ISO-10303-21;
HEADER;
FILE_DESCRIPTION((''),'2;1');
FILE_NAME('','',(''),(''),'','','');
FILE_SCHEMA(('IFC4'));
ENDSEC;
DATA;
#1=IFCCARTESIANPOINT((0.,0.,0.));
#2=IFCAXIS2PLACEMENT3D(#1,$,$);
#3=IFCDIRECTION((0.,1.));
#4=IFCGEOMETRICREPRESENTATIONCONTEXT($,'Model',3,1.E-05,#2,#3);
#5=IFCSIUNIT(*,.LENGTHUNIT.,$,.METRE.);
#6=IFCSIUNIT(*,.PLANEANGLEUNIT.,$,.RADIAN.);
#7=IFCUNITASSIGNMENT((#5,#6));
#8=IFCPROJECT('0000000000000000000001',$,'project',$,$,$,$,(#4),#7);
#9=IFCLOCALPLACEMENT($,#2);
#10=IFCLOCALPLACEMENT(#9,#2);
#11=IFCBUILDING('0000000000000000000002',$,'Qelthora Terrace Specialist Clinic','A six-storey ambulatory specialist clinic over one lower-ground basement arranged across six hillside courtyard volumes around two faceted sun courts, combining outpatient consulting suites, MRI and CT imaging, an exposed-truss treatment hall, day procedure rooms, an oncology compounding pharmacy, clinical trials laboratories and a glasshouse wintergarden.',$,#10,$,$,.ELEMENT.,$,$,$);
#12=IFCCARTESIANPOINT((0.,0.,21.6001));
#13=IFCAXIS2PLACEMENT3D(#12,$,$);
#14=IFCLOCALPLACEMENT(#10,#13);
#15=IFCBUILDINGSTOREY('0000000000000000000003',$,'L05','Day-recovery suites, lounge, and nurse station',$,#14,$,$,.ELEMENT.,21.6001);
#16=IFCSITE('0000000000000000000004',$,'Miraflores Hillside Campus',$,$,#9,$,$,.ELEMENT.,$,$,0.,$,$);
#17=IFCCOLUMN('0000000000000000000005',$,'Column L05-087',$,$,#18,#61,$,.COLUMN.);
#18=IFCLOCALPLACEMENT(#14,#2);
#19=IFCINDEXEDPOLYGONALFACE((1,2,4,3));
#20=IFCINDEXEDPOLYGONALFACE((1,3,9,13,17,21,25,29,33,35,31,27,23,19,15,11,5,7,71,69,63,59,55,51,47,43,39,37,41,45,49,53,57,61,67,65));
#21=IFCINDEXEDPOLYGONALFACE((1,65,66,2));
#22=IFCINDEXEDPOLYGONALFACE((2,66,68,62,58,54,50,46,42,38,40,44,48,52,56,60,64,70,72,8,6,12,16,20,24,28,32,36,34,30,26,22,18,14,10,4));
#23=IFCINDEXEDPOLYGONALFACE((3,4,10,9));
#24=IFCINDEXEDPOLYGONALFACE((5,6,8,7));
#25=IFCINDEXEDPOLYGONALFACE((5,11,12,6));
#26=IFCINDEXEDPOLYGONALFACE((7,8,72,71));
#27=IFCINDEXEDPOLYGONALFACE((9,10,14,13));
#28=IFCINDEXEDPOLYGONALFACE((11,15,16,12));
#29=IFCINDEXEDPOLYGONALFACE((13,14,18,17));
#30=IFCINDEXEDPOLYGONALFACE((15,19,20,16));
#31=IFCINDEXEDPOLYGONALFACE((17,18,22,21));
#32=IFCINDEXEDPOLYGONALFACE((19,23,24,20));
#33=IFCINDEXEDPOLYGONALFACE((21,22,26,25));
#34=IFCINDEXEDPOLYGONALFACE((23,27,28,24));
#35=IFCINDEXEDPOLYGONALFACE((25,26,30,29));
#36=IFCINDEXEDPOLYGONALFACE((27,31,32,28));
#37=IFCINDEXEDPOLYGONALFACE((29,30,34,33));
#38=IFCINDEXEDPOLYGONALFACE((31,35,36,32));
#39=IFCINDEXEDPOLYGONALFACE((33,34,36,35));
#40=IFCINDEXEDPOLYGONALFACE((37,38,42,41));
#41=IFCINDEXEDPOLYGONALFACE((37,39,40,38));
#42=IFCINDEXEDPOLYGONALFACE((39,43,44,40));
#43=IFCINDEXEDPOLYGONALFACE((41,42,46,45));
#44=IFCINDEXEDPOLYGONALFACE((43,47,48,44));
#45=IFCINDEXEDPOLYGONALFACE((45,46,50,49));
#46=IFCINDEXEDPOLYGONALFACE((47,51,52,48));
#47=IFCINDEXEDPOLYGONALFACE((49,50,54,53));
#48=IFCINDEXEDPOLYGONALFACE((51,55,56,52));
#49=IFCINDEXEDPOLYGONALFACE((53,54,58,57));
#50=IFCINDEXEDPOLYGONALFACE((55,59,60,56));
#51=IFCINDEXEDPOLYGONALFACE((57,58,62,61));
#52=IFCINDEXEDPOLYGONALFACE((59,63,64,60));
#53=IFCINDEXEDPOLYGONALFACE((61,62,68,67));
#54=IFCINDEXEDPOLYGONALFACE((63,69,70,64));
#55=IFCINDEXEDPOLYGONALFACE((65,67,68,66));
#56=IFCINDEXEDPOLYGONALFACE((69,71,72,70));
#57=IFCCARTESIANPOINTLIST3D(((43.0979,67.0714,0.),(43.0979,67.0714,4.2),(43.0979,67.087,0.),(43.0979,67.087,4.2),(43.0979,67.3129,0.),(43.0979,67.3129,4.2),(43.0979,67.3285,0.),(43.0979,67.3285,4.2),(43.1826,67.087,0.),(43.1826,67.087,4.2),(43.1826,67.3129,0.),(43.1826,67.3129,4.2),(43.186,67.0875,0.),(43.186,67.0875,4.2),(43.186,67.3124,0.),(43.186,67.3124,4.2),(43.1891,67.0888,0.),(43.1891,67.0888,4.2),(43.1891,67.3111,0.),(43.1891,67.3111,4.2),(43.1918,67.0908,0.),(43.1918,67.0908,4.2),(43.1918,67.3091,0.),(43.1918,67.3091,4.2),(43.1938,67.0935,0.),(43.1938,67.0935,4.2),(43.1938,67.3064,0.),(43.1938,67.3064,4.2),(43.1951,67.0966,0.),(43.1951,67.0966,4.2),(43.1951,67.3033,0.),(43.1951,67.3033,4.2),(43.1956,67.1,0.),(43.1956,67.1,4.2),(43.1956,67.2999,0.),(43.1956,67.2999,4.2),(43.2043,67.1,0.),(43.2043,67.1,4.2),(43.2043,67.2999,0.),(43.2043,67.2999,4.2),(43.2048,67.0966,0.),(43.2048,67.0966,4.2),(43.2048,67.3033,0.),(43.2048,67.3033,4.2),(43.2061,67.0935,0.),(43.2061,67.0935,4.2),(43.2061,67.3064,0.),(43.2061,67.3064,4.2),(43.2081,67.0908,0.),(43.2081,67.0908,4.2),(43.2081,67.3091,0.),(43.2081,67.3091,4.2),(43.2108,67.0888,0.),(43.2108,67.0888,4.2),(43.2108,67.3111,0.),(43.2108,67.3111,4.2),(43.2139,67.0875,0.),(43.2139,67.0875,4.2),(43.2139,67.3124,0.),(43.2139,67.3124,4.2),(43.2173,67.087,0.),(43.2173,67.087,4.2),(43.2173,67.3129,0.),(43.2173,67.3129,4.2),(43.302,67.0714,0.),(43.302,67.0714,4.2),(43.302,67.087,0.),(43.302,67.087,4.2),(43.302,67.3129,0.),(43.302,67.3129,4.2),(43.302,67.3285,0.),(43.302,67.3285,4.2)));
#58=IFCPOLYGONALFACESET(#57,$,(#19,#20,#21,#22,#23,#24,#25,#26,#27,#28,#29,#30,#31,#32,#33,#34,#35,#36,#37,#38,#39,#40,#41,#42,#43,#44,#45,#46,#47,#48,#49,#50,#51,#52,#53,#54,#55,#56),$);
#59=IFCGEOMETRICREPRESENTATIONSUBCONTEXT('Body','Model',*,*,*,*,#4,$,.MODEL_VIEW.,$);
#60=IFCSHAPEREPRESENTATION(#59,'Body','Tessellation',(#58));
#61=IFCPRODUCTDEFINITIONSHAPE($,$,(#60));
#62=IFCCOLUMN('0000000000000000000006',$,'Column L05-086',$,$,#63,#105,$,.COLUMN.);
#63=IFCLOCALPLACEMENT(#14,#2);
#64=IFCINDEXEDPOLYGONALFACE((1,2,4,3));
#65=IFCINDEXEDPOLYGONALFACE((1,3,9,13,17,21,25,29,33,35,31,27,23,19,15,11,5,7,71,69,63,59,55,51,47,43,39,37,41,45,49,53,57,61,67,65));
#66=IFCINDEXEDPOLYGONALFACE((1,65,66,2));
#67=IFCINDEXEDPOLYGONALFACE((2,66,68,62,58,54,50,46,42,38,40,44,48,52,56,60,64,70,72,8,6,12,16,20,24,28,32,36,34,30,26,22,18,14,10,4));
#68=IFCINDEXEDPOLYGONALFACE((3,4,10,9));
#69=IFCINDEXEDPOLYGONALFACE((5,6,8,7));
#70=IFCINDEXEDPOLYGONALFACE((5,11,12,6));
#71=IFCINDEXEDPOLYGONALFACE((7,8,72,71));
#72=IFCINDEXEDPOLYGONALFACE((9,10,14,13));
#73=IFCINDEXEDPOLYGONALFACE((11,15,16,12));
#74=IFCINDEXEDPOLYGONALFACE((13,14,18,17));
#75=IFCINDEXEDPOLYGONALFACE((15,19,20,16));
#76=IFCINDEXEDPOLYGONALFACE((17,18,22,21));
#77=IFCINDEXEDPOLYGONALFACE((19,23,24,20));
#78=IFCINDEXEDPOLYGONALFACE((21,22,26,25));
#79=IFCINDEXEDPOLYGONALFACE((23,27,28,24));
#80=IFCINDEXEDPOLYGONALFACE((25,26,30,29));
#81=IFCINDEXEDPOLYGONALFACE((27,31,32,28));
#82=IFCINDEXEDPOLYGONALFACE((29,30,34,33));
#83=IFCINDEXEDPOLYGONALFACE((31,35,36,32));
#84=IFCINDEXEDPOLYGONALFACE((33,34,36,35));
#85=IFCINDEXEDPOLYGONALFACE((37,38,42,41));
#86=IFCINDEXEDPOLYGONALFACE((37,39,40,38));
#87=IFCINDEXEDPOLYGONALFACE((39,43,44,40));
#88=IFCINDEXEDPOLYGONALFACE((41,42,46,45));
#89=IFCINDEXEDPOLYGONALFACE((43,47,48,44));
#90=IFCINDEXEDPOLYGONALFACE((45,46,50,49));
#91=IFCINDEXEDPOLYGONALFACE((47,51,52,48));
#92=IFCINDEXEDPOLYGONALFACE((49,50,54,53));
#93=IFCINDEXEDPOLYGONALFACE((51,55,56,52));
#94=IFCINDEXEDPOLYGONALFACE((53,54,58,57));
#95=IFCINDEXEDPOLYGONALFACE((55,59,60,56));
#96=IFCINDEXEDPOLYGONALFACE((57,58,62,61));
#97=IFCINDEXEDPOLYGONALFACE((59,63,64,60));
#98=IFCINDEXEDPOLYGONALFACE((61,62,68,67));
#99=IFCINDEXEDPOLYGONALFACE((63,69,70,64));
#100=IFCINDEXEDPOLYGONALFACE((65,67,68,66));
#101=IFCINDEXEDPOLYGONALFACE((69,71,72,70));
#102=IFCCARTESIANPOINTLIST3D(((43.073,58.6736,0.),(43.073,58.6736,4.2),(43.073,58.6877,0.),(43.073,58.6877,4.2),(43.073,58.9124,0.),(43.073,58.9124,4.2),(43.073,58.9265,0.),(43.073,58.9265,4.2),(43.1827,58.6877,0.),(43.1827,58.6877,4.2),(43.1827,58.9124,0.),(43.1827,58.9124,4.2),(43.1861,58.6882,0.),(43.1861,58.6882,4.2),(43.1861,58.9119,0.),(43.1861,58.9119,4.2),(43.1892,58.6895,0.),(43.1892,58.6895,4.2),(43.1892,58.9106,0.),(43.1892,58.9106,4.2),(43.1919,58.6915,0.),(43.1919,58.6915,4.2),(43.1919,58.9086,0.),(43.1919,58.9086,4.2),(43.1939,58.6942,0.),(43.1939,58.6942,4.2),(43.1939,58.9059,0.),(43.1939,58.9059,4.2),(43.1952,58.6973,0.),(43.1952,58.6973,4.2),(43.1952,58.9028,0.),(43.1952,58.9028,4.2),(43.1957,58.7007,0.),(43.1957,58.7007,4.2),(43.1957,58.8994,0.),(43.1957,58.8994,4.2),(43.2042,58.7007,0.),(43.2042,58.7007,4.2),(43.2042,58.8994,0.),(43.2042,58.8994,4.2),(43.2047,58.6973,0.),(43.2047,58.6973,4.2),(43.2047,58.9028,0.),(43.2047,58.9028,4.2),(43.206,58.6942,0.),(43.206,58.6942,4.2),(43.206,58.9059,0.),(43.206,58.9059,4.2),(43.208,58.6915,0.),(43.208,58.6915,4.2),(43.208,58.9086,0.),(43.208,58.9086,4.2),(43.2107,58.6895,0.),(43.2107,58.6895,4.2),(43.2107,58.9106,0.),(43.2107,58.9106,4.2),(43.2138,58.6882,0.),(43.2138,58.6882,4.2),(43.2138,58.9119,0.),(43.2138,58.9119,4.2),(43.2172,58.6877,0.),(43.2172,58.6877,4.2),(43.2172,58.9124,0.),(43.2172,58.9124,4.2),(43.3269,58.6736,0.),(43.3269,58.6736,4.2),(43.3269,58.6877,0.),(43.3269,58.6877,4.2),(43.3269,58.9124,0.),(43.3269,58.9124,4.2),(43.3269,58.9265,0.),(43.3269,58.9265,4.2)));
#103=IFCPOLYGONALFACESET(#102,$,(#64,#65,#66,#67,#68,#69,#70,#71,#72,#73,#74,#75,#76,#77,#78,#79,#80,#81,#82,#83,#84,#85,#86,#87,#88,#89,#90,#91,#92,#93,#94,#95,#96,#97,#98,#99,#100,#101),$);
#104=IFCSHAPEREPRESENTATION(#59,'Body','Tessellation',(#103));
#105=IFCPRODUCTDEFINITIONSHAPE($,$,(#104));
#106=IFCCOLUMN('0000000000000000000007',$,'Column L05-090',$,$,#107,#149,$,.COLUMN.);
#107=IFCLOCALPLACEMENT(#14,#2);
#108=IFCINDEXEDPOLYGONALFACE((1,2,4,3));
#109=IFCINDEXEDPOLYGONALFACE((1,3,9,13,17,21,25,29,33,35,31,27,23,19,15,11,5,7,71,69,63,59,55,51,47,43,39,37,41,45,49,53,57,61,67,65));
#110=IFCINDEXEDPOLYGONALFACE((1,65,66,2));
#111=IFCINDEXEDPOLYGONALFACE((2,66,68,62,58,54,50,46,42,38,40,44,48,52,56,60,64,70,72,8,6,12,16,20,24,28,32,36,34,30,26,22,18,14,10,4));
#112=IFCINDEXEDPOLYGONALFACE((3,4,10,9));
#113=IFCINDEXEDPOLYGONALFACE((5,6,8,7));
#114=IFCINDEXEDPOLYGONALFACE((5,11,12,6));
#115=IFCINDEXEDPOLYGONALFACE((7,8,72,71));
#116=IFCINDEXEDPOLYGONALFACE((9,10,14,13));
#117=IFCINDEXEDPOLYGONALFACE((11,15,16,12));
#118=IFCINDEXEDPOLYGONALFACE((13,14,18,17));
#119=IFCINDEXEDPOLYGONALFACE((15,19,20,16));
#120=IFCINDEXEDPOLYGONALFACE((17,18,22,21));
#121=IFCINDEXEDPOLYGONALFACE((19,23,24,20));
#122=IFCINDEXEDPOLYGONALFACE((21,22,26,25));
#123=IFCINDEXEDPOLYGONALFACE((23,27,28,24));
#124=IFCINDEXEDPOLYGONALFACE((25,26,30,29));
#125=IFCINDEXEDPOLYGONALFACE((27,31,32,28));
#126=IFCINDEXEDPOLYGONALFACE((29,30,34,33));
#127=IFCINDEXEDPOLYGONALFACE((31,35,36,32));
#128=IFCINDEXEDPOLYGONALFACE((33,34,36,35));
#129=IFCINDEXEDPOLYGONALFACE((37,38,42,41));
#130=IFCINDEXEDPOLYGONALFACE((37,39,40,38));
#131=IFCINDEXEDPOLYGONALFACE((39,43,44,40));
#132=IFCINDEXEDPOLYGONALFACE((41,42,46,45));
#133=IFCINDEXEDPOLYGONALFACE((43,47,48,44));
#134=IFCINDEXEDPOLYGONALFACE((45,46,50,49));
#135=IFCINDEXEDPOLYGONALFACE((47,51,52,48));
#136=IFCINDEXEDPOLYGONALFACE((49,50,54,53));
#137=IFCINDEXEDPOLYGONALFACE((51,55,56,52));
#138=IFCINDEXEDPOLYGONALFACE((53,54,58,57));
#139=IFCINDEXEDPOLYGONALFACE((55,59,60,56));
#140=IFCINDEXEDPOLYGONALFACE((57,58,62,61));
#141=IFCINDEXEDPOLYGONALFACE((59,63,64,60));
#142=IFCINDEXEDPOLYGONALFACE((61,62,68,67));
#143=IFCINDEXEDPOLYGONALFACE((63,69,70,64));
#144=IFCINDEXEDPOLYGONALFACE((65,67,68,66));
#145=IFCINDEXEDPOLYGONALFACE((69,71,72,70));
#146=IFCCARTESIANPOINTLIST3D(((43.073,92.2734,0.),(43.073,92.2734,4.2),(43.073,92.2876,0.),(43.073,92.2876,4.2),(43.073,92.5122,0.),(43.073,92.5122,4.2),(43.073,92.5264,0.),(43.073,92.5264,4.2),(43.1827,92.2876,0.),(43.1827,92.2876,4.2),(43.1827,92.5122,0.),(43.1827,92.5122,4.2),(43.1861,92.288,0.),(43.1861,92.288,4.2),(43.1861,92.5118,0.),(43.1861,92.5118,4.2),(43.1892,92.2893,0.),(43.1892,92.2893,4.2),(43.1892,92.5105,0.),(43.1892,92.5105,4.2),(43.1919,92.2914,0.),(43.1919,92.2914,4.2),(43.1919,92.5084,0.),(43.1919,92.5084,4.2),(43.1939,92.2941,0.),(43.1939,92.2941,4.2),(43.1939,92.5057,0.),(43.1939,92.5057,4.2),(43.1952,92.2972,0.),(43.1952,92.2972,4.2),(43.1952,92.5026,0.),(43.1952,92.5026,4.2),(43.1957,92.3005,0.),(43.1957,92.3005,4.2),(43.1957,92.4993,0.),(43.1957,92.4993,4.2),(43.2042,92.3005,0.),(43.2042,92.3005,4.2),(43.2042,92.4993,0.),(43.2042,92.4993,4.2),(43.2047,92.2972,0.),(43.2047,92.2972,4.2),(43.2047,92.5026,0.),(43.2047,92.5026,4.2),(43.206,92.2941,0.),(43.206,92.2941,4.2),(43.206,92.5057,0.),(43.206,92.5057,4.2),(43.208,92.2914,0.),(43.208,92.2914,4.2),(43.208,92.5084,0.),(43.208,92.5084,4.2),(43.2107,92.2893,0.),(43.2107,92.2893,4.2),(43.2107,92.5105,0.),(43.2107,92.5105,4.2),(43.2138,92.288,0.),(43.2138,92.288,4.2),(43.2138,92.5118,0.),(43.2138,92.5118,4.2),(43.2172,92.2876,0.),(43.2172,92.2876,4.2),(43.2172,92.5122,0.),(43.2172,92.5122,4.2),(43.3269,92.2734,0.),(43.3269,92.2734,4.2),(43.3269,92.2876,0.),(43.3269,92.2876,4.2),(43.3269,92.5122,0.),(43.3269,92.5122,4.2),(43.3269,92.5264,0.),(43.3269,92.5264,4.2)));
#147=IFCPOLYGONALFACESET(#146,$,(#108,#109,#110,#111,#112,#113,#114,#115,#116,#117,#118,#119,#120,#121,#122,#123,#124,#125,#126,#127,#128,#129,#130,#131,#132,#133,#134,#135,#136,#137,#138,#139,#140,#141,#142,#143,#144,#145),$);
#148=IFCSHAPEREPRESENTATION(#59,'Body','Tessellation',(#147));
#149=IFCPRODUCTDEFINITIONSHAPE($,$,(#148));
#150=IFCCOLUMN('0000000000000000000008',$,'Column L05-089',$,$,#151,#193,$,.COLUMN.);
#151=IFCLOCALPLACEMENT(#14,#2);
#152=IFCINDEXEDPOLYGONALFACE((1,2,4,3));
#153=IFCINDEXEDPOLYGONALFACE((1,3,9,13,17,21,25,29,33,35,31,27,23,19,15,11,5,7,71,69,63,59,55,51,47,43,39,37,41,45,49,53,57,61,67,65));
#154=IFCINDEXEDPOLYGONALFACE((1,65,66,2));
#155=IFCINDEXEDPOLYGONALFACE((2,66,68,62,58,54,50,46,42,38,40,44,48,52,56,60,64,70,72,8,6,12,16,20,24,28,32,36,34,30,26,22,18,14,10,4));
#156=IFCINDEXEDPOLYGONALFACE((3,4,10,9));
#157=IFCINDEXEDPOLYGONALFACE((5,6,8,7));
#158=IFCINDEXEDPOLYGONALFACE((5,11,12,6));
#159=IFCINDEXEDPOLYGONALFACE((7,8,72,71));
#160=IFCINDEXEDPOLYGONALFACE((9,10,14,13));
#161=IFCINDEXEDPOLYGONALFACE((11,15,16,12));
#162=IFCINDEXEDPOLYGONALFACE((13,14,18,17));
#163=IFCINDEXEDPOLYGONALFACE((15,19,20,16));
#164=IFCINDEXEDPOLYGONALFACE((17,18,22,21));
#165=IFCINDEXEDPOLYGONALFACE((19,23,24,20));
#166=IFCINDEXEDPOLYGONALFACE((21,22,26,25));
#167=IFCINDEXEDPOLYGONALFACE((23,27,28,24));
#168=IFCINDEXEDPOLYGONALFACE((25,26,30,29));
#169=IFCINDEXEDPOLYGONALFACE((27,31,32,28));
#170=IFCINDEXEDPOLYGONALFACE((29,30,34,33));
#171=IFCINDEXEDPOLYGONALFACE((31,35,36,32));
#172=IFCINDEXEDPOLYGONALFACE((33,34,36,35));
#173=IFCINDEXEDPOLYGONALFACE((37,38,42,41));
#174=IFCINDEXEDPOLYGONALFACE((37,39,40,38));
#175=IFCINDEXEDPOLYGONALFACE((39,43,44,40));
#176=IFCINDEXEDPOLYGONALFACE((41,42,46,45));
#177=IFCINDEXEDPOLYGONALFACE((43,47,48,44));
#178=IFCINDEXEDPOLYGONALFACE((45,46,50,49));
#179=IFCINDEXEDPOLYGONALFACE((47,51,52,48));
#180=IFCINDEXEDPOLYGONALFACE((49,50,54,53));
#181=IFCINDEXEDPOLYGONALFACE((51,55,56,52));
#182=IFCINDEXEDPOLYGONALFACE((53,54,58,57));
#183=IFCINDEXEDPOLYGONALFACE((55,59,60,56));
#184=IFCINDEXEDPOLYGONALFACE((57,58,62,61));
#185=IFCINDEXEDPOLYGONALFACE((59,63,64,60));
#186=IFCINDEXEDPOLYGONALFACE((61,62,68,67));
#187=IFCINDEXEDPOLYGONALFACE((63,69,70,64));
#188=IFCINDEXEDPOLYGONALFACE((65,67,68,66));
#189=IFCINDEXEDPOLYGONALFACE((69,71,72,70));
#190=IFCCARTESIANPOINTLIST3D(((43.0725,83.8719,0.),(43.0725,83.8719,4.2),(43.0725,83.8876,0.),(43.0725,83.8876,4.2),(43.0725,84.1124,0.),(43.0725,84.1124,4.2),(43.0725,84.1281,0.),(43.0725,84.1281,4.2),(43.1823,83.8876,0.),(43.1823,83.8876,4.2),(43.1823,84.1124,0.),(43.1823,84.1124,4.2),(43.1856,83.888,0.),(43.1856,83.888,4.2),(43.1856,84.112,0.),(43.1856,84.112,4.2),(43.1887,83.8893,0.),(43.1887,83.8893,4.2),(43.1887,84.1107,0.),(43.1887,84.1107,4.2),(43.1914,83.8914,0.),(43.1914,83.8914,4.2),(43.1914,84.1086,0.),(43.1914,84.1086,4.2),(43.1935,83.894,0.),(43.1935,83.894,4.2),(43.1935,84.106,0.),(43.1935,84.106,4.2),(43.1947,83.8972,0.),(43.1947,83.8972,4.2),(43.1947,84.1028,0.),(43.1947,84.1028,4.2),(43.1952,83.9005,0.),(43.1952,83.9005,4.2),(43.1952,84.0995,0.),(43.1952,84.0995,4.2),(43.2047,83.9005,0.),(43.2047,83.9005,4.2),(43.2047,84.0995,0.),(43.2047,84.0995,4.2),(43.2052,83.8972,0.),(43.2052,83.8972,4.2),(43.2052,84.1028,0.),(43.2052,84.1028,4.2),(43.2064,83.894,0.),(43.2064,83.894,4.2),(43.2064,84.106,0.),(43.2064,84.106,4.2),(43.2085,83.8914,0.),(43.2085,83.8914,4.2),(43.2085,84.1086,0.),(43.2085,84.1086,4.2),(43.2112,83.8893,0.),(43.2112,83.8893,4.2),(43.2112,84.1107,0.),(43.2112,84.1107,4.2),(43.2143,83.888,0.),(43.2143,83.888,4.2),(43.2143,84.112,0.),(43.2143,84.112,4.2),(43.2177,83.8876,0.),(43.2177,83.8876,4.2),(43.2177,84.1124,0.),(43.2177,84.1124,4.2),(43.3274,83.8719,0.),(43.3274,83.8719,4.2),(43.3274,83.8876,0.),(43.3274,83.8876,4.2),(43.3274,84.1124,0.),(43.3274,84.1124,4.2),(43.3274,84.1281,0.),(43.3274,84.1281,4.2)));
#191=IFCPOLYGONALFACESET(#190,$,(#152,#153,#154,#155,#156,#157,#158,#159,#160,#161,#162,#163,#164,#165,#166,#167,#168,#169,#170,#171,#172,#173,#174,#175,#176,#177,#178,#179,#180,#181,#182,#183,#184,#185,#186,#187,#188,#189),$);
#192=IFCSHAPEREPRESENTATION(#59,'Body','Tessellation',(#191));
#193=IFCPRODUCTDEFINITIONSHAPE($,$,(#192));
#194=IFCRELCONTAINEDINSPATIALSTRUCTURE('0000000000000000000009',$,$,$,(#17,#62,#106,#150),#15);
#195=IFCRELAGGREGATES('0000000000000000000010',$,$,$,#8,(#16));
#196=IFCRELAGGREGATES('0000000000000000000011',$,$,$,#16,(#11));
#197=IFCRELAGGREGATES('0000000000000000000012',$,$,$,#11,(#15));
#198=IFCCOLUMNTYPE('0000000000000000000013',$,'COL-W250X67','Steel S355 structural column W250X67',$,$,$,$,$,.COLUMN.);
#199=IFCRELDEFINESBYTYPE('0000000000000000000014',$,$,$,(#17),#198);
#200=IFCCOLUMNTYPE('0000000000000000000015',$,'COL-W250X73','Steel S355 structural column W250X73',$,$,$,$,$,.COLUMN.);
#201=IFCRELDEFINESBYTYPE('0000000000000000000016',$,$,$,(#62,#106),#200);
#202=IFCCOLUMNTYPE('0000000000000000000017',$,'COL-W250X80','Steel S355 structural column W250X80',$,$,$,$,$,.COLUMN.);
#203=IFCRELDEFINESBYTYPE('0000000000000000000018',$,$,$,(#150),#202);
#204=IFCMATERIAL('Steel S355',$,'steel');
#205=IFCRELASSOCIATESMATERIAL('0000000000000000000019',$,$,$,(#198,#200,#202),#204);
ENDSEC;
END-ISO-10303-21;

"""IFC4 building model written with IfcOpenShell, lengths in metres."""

from ifc_helpers import new_model, si_unit, direction, frame, origin, origin_2d, place, context, subcontext, project, spatial, i_section, extrude, material, material_profile, profile_set, type_object, element, save


model = new_model("IFC4")

# Units and contexts
model_context = context("Model", 3, precision=1e-05, world=origin(), true_north=direction((0.0, 1.0)))
body_context = subcontext(model_context, "Body", "Model", "MODEL_VIEW")
ifc_project = project(units=[si_unit("LENGTHUNIT", "METRE"), si_unit("PLANEANGLEUNIT", "RADIAN")], contexts=[model_context])

# Site, building, storey
site_placement = place(None, origin())
site = spatial("IfcSite", under=ifc_project, at=site_placement, Name="Miraflores Hillside Campus", CompositionType="ELEMENT", RefElevation=0.0)
building_placement = place(site_placement, origin())
building = spatial("IfcBuilding", under=site, at=building_placement, Name="Qelthora Terrace Specialist Clinic", Description="A six-storey ambulatory specialist clinic over one lower-ground basement arranged across six hillside courtyard volumes around two faceted sun courts, combining outpatient consulting suites, MRI and CT imaging, an exposed-truss treatment hall, day procedure rooms, an oncology compounding pharmacy, clinical trials laboratories and a glasshouse wintergarden.", CompositionType="ELEMENT")
storey_placement = place(building_placement, frame((0.0, 0.0, 21.6001)))
storey = spatial("IfcBuildingStorey", under=building, at=storey_placement, Name="L05", Description="Day-recovery suites, lounge, and nurse station", CompositionType="ELEMENT", Elevation=21.6001)

# Columns
ifc_material_1 = material(Name="Steel S355", Category="steel")
ifc_material_profile_1 = material_profile(ifc_material_1, i_section(OverallWidth=0.2041, OverallDepth=0.2571, WebThickness=0.0088, FlangeThickness=0.0156, FilletRadius=0.0129, at=origin_2d()), Name="W250X67")
ifc_profile_set_1 = profile_set([ifc_material_profile_1], Name="Steel S355")
column_type_1 = type_object("IfcColumnType", Name="COL-W250X67", Description="Steel S355 structural column W250X67", PredefinedType="COLUMN", material=ifc_profile_set_1)
column_1_placement = place(storey_placement, frame((43.2, 67.2, 0.0), z_axis=(0.0, 0.0, 1.0), x_axis=(1.0, 0.0, 0.0)))
element("IfcColumn", 1, at=column_1_placement, inside=storey, type_object=column_type_1, Name="Column L05-087", PredefinedType="COLUMN", context=body_context, shape_type="SweptSolid", body=[
    extrude(i_section(OverallWidth=0.2041, OverallDepth=0.2571, WebThickness=0.0088, FlangeThickness=0.0156, FilletRadius=0.0129, at=origin_2d()), origin(), (0.0, 0.0, 1.0), 4.2),
])
ifc_material_profile_2 = material_profile(ifc_material_1, i_section(OverallWidth=0.2539, OverallDepth=0.2529, WebThickness=0.0085, FlangeThickness=0.0142, FilletRadius=0.0129, at=origin_2d()), Name="W250X73")
ifc_profile_set_2 = profile_set([ifc_material_profile_2], Name="Steel S355")
column_type_2 = type_object("IfcColumnType", Name="COL-W250X73", Description="Steel S355 structural column W250X73", PredefinedType="COLUMN", material=ifc_profile_set_2)
for number, where, z_axis, x_axis, name in (
    (2, (43.2, 58.8, 0.0), (0.0, 0.0, 1.0), (1.0, 0.0, 0.0), "Column L05-086"),
    (3, (43.2, 92.3999, 0.0), (0.0, 0.0, 1.0), (1.0, 0.0, 0.0), "Column L05-090"),
):
    element("IfcColumn", number, at=place(storey_placement, frame(where, z_axis=z_axis, x_axis=x_axis)), inside=storey, type_object=column_type_2, Name=name, PredefinedType="COLUMN", context=body_context, shape_type="SweptSolid", body=[
        extrude(i_section(OverallWidth=0.2539, OverallDepth=0.2529, WebThickness=0.0085, FlangeThickness=0.0142, FilletRadius=0.0129, at=origin_2d()), origin(), (0.0, 0.0, 1.0), 4.2),
    ])
ifc_material_profile_3 = material_profile(ifc_material_1, i_section(OverallWidth=0.2549, OverallDepth=0.2561, WebThickness=0.0095, FlangeThickness=0.0156, FilletRadius=0.0129, at=origin_2d()), Name="W250X80")
ifc_profile_set_3 = profile_set([ifc_material_profile_3], Name="Steel S355")
column_type_3 = type_object("IfcColumnType", Name="COL-W250X80", Description="Steel S355 structural column W250X80", PredefinedType="COLUMN", material=ifc_profile_set_3)
column_2_placement = place(storey_placement, frame((43.2, 84.0, 0.0), z_axis=(0.0, 0.0, 1.0), x_axis=(1.0, 0.0, 0.0)))
element("IfcColumn", 4, at=column_2_placement, inside=storey, type_object=column_type_3, Name="Column L05-089", PredefinedType="COLUMN", context=body_context, shape_type="SweptSolid", body=[
    extrude(i_section(OverallWidth=0.2549, OverallDepth=0.2561, WebThickness=0.0095, FlangeThickness=0.0156, FilletRadius=0.0129, at=origin_2d()), origin(), (0.0, 0.0, 1.0), 4.2),
])

save(model, "model.ifc")
